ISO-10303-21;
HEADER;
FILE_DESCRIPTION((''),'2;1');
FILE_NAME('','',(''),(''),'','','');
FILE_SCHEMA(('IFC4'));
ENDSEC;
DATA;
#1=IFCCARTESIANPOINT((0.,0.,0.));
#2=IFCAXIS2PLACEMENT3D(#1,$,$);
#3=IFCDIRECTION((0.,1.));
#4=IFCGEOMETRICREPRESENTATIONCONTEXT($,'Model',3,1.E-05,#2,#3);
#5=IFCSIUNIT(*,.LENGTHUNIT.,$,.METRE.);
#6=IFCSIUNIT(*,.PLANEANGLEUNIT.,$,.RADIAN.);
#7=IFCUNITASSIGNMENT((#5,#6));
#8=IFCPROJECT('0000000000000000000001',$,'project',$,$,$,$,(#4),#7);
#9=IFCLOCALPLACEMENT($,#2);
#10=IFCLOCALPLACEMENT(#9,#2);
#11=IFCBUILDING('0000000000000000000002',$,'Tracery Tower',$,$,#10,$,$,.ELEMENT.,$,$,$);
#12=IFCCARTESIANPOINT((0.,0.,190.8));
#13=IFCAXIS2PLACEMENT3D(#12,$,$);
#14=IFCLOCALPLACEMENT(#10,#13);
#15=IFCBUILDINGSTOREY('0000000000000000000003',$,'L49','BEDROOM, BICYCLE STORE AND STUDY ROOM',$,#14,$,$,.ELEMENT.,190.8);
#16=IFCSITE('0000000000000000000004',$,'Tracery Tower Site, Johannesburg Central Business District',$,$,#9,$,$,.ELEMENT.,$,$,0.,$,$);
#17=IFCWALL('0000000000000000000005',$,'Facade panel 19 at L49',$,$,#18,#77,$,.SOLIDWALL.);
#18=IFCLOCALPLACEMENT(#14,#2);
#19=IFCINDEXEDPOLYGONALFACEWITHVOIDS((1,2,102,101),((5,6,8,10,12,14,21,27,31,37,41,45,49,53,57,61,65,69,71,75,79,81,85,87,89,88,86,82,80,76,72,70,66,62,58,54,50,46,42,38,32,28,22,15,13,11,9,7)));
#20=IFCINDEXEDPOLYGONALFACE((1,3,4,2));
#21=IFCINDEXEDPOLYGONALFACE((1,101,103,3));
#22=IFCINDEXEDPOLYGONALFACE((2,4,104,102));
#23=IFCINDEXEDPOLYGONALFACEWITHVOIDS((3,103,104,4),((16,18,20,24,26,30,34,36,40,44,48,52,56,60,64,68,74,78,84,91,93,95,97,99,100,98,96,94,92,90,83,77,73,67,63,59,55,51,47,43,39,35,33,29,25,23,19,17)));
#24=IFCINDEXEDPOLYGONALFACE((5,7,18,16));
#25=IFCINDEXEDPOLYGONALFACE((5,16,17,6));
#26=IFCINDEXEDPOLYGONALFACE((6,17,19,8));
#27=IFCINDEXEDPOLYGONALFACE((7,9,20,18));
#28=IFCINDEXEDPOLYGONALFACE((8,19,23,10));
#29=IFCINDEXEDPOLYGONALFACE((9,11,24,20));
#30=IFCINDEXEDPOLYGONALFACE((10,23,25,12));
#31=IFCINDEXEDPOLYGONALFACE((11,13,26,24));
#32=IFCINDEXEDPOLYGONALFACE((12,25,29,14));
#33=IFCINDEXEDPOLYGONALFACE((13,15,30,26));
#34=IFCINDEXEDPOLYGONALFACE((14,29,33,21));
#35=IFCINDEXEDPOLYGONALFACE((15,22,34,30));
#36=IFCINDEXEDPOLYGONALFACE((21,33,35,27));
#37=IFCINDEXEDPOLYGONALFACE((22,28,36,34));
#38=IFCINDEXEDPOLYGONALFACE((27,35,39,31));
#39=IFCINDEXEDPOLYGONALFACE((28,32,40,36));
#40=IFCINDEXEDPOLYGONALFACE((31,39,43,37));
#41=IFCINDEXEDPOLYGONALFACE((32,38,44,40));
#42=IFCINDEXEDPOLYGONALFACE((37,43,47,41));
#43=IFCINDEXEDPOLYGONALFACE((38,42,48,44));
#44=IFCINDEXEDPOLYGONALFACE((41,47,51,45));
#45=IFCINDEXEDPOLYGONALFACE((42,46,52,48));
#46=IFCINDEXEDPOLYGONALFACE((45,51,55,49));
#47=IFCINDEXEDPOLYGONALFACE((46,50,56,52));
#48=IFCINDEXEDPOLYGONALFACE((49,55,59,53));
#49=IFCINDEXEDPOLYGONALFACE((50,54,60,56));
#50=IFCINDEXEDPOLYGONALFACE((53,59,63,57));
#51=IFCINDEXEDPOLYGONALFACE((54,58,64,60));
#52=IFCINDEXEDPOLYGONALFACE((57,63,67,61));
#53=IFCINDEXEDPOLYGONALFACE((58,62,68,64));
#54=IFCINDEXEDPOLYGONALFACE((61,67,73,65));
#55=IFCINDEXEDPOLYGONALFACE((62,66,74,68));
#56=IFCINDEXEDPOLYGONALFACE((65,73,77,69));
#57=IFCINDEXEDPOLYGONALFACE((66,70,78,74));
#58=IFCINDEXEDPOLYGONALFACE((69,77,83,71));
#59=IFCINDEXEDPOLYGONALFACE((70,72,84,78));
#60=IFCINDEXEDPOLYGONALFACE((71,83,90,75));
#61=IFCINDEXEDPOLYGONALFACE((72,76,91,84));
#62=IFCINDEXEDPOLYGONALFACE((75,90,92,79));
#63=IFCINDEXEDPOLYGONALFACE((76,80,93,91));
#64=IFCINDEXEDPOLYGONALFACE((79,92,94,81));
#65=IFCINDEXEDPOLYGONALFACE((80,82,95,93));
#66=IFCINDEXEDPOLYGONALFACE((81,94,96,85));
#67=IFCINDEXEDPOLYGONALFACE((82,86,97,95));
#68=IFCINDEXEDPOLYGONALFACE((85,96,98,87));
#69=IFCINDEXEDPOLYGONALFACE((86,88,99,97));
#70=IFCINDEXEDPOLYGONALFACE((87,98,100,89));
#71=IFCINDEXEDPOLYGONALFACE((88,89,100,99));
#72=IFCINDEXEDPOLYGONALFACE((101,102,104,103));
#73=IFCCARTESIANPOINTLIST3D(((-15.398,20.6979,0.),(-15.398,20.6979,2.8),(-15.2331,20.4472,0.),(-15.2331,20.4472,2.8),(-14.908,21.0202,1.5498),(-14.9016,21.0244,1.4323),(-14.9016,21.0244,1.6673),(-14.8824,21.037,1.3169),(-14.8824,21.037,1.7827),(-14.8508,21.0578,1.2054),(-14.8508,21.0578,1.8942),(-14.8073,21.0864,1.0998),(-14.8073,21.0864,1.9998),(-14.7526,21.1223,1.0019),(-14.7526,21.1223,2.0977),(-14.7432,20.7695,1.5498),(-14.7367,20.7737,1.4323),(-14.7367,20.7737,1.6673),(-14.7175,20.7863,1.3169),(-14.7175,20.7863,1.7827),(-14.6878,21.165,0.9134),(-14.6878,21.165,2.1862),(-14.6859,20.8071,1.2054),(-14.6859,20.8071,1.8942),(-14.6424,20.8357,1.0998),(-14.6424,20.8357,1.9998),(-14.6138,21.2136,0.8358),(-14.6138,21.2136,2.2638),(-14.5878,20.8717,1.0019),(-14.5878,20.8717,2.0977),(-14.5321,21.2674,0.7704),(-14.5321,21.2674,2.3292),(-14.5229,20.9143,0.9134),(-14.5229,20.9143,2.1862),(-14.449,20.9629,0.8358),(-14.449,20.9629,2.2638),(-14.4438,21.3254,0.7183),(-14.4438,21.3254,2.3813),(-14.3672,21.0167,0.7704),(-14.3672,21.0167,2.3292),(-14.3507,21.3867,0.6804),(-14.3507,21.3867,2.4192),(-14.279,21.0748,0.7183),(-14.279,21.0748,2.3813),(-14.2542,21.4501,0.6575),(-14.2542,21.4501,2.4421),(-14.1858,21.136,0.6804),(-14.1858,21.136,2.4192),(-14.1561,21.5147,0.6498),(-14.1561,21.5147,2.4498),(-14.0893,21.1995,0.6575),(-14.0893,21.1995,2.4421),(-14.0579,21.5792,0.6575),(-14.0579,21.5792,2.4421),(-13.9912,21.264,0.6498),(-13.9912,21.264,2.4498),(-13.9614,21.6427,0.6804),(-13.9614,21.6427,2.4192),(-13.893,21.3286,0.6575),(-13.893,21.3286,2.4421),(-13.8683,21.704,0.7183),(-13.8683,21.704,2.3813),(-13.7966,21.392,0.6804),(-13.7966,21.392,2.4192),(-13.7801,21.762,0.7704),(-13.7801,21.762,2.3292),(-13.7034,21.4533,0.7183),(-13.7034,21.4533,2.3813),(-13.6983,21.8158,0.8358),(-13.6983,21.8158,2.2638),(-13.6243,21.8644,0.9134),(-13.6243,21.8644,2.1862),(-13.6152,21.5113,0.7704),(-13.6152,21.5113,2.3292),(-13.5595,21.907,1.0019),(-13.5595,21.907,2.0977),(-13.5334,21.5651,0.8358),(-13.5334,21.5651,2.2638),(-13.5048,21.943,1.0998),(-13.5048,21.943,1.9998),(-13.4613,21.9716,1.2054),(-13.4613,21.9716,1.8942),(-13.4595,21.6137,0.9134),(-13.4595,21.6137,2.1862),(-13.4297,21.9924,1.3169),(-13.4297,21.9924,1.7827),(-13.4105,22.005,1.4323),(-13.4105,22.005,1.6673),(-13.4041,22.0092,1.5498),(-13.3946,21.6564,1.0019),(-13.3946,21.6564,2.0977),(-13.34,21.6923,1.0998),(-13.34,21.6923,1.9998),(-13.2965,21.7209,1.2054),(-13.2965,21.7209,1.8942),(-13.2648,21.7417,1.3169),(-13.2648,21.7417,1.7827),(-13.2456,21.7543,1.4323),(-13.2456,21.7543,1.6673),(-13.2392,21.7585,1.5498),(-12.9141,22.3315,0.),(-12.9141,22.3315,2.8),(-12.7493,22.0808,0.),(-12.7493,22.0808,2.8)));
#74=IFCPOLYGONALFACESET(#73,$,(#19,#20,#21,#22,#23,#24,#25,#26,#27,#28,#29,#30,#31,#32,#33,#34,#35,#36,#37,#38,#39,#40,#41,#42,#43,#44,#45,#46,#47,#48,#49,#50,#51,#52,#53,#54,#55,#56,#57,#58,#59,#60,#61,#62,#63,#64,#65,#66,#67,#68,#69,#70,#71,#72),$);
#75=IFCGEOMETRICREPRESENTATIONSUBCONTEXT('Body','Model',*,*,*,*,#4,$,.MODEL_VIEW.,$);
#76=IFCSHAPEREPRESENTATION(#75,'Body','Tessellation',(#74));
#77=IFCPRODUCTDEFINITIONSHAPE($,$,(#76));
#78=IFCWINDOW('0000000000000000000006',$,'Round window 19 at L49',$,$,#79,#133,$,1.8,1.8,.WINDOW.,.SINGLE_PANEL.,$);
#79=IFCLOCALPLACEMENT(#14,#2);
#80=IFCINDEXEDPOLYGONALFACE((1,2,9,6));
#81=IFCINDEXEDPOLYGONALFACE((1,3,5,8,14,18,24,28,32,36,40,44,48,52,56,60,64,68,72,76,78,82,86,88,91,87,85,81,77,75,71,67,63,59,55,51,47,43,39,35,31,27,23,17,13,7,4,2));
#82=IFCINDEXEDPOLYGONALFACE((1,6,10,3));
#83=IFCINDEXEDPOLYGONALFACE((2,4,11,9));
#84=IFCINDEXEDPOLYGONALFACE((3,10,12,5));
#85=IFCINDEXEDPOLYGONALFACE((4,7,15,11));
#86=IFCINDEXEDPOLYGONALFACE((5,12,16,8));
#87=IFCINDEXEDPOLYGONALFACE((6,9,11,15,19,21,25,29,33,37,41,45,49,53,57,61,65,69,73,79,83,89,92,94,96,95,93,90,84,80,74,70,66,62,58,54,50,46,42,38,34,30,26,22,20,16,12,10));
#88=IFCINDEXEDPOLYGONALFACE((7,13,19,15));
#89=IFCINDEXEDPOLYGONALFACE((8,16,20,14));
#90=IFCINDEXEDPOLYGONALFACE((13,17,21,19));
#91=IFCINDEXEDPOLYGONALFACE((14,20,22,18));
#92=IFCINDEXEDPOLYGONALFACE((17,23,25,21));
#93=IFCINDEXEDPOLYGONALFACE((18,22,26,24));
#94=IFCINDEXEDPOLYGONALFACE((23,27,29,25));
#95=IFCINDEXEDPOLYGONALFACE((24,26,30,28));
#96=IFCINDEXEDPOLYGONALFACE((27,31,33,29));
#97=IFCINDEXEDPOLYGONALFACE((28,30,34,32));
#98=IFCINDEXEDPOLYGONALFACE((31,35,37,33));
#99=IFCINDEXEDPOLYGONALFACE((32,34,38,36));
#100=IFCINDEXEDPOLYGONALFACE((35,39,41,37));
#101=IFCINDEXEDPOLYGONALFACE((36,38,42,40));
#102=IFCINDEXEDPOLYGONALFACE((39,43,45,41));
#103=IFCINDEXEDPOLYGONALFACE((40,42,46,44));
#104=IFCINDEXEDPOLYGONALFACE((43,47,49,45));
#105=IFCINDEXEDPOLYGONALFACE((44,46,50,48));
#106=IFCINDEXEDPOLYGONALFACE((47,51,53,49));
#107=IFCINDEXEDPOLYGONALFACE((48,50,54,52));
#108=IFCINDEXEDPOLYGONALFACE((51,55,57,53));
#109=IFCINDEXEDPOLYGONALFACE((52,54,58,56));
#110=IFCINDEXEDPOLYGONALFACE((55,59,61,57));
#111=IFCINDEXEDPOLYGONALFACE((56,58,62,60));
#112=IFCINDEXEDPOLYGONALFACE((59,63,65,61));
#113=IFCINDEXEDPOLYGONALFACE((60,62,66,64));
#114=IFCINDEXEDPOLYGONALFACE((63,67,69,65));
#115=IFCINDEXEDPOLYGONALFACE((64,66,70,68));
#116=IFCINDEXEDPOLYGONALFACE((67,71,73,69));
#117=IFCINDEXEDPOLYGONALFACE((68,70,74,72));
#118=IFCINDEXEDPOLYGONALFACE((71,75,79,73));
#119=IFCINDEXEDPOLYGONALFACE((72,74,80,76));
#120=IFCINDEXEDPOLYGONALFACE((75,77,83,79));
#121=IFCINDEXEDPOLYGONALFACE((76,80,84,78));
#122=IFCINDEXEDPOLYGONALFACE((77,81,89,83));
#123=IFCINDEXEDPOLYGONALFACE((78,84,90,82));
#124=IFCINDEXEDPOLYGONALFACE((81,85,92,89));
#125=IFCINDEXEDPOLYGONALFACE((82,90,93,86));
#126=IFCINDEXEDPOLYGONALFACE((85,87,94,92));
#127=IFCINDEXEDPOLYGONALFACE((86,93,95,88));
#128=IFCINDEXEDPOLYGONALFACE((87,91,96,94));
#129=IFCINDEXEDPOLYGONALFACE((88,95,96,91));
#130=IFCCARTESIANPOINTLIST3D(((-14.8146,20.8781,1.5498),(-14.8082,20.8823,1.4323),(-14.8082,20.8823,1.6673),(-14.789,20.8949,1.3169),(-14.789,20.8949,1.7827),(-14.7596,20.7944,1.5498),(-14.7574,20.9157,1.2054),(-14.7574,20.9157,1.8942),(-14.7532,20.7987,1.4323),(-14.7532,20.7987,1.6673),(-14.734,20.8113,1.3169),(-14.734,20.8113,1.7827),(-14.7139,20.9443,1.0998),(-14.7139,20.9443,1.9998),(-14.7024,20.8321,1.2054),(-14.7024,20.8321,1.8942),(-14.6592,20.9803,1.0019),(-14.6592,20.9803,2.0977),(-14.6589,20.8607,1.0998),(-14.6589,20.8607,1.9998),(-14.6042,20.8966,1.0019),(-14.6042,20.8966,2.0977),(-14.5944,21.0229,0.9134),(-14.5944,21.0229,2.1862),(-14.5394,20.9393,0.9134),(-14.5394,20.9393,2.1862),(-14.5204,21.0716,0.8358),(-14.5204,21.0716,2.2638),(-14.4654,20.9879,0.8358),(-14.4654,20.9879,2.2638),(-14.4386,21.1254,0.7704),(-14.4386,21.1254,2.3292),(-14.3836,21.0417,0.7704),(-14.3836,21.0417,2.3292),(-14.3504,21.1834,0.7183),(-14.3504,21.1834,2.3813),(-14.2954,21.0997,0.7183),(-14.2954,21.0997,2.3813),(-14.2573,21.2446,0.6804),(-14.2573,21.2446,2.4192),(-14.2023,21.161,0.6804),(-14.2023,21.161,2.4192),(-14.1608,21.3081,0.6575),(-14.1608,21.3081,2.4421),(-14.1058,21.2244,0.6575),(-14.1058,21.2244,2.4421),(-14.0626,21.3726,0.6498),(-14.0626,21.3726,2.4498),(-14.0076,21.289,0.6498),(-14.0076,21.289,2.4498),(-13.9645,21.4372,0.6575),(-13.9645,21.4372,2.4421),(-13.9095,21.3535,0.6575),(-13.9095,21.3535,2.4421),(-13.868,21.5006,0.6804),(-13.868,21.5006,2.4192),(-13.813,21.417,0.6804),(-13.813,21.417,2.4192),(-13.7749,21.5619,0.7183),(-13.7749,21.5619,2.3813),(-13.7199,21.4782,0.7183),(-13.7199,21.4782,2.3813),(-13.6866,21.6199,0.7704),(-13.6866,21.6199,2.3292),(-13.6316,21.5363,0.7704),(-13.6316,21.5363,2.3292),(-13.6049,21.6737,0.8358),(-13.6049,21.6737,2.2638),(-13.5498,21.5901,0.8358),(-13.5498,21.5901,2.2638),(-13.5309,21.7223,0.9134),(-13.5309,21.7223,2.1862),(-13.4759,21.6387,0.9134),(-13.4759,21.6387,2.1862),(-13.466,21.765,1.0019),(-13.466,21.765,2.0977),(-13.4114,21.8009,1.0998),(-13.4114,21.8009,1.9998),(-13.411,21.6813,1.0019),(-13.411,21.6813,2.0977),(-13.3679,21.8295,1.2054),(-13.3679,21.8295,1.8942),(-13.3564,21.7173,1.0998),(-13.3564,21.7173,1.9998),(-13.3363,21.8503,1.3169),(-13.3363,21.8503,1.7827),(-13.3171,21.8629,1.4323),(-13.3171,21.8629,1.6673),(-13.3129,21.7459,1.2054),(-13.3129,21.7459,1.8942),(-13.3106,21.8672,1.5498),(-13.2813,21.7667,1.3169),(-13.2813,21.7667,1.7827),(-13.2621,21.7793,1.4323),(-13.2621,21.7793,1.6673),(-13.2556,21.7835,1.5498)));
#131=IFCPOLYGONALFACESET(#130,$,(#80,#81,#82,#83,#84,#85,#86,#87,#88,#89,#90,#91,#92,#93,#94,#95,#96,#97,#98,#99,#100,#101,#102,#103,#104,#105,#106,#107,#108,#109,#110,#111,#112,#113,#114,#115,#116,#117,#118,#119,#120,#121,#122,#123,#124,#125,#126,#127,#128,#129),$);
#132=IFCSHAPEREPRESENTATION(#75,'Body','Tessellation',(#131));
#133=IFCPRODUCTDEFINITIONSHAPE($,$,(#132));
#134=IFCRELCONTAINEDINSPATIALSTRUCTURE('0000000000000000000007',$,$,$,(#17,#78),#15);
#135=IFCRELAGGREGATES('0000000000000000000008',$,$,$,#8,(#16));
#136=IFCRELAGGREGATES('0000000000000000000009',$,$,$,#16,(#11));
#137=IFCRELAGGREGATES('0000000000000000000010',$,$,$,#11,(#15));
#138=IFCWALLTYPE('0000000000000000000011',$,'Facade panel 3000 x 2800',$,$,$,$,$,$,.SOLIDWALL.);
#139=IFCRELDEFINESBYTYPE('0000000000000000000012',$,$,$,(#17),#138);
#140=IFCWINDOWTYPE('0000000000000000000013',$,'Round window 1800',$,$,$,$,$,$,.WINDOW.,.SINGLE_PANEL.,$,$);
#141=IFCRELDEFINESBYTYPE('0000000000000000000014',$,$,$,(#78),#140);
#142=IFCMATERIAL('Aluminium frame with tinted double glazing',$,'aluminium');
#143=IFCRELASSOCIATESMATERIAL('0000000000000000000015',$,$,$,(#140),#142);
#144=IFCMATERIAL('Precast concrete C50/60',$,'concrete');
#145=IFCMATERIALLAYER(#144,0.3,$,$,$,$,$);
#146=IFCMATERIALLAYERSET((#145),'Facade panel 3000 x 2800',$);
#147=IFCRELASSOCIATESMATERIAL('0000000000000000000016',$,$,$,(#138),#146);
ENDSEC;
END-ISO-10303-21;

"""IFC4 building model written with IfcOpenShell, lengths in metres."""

from ifc_helpers import new_model, si_unit, direction, frame, frame_2d, origin, origin_2d, place, context, subcontext, project, spatial, rectangle, circle, extrude, material, layer, layer_set, type_object, element, fill, save


model = new_model("IFC4")

# Units and contexts
model_context = context("Model", 3, precision=1e-05, world=origin(), true_north=direction((0.0, 1.0)))
body_context = subcontext(model_context, "Body", "Model", "MODEL_VIEW")
ifc_project = project(units=[si_unit("LENGTHUNIT", "METRE"), si_unit("PLANEANGLEUNIT", "RADIAN")], contexts=[model_context])

# Site, building, storey
site_placement = place(None, origin())
site = spatial("IfcSite", under=ifc_project, at=site_placement, Name="Tracery Tower Site, Johannesburg Central Business District", CompositionType="ELEMENT", RefElevation=0.0)
building_placement = place(site_placement, origin())
building = spatial("IfcBuilding", under=site, at=building_placement, Name="Tracery Tower", CompositionType="ELEMENT")
storey_placement = place(building_placement, frame((0.0, 0.0, 190.8)))
storey = spatial("IfcBuildingStorey", under=building, at=storey_placement, Name="L49", Description="BEDROOM, BICYCLE STORE AND STUDY ROOM", CompositionType="ELEMENT", Elevation=190.8)

# Wall, opening, window
ifc_material_1 = material(Name="Aluminium frame with tinted double glazing", Category="aluminium")
window_type = type_object("IfcWindowType", Name="Round window 1800", PartitioningType="SINGLE_PANEL", PredefinedType="WINDOW", material=ifc_material_1)
ifc_material_2 = material(Name="Precast concrete C50/60", Category="concrete")
ifc_layer_1 = layer(ifc_material_2, 0.3)
ifc_layer_set_1 = layer_set([ifc_layer_1], Name="Facade panel 3000 x 2800")
wall_type_1 = type_object("IfcWallType", Name="Facade panel 3000 x 2800", PredefinedType="SOLIDWALL", material=ifc_layer_set_1)
wall_1_placement = place(storey_placement, frame((-12.8318, 22.2061, 0.0), z_axis=(0.0, 0.0, 1.0), x_axis=(-0.835508, -0.549478, 0.0)))
wall_1 = element("IfcWall", 1, at=wall_1_placement, inside=storey, type_object=wall_type_1, Name="Facade panel 19 at L49", PredefinedType="SOLIDWALL", context=body_context, shape_type="SweptSolid", body=[
    extrude(rectangle(XDim=2.9729, YDim=0.3, at=frame_2d((1.4863, 0.0))), origin(), (0.0, 0.0, 1.0), 2.8),
])
opening_1_placement = place(wall_1_placement, frame((1.4863, 0.0, 1.5498)))
opening_1 = element("IfcOpeningElement", 2, at=opening_1_placement, cuts=wall_1, PredefinedType="OPENING", context=body_context, shape_type="SweptSolid", body=[
    extrude(circle(Radius=0.9, at=origin_2d()), frame((0.0, 0.1599, 0.0), z_axis=(0.0, -1.0, 0.0), x_axis=(1.0, 0.0, 0.0)), (0.0, 0.0, 1.0), 0.3201),
])
window_1_placement = place(opening_1_placement, origin())
window_1 = element("IfcWindow", 3, at=window_1_placement, inside=storey, type_object=window_type, Name="Round window 19 at L49", OverallHeight=1.8, OverallWidth=1.8, PartitioningType="SINGLE_PANEL", PredefinedType="WINDOW", context=body_context, shape_type="SweptSolid", body=[
    extrude(circle(Radius=0.9, at=origin_2d()), frame((0.0, 0.1201, 0.0), z_axis=(0.0, -1.0, 0.0), x_axis=(1.0, 0.0, 0.0)), (0.0, 0.0, 1.0), 0.1001),
])
fill(opening_1, window_1)

save(model, "model.ifc")
